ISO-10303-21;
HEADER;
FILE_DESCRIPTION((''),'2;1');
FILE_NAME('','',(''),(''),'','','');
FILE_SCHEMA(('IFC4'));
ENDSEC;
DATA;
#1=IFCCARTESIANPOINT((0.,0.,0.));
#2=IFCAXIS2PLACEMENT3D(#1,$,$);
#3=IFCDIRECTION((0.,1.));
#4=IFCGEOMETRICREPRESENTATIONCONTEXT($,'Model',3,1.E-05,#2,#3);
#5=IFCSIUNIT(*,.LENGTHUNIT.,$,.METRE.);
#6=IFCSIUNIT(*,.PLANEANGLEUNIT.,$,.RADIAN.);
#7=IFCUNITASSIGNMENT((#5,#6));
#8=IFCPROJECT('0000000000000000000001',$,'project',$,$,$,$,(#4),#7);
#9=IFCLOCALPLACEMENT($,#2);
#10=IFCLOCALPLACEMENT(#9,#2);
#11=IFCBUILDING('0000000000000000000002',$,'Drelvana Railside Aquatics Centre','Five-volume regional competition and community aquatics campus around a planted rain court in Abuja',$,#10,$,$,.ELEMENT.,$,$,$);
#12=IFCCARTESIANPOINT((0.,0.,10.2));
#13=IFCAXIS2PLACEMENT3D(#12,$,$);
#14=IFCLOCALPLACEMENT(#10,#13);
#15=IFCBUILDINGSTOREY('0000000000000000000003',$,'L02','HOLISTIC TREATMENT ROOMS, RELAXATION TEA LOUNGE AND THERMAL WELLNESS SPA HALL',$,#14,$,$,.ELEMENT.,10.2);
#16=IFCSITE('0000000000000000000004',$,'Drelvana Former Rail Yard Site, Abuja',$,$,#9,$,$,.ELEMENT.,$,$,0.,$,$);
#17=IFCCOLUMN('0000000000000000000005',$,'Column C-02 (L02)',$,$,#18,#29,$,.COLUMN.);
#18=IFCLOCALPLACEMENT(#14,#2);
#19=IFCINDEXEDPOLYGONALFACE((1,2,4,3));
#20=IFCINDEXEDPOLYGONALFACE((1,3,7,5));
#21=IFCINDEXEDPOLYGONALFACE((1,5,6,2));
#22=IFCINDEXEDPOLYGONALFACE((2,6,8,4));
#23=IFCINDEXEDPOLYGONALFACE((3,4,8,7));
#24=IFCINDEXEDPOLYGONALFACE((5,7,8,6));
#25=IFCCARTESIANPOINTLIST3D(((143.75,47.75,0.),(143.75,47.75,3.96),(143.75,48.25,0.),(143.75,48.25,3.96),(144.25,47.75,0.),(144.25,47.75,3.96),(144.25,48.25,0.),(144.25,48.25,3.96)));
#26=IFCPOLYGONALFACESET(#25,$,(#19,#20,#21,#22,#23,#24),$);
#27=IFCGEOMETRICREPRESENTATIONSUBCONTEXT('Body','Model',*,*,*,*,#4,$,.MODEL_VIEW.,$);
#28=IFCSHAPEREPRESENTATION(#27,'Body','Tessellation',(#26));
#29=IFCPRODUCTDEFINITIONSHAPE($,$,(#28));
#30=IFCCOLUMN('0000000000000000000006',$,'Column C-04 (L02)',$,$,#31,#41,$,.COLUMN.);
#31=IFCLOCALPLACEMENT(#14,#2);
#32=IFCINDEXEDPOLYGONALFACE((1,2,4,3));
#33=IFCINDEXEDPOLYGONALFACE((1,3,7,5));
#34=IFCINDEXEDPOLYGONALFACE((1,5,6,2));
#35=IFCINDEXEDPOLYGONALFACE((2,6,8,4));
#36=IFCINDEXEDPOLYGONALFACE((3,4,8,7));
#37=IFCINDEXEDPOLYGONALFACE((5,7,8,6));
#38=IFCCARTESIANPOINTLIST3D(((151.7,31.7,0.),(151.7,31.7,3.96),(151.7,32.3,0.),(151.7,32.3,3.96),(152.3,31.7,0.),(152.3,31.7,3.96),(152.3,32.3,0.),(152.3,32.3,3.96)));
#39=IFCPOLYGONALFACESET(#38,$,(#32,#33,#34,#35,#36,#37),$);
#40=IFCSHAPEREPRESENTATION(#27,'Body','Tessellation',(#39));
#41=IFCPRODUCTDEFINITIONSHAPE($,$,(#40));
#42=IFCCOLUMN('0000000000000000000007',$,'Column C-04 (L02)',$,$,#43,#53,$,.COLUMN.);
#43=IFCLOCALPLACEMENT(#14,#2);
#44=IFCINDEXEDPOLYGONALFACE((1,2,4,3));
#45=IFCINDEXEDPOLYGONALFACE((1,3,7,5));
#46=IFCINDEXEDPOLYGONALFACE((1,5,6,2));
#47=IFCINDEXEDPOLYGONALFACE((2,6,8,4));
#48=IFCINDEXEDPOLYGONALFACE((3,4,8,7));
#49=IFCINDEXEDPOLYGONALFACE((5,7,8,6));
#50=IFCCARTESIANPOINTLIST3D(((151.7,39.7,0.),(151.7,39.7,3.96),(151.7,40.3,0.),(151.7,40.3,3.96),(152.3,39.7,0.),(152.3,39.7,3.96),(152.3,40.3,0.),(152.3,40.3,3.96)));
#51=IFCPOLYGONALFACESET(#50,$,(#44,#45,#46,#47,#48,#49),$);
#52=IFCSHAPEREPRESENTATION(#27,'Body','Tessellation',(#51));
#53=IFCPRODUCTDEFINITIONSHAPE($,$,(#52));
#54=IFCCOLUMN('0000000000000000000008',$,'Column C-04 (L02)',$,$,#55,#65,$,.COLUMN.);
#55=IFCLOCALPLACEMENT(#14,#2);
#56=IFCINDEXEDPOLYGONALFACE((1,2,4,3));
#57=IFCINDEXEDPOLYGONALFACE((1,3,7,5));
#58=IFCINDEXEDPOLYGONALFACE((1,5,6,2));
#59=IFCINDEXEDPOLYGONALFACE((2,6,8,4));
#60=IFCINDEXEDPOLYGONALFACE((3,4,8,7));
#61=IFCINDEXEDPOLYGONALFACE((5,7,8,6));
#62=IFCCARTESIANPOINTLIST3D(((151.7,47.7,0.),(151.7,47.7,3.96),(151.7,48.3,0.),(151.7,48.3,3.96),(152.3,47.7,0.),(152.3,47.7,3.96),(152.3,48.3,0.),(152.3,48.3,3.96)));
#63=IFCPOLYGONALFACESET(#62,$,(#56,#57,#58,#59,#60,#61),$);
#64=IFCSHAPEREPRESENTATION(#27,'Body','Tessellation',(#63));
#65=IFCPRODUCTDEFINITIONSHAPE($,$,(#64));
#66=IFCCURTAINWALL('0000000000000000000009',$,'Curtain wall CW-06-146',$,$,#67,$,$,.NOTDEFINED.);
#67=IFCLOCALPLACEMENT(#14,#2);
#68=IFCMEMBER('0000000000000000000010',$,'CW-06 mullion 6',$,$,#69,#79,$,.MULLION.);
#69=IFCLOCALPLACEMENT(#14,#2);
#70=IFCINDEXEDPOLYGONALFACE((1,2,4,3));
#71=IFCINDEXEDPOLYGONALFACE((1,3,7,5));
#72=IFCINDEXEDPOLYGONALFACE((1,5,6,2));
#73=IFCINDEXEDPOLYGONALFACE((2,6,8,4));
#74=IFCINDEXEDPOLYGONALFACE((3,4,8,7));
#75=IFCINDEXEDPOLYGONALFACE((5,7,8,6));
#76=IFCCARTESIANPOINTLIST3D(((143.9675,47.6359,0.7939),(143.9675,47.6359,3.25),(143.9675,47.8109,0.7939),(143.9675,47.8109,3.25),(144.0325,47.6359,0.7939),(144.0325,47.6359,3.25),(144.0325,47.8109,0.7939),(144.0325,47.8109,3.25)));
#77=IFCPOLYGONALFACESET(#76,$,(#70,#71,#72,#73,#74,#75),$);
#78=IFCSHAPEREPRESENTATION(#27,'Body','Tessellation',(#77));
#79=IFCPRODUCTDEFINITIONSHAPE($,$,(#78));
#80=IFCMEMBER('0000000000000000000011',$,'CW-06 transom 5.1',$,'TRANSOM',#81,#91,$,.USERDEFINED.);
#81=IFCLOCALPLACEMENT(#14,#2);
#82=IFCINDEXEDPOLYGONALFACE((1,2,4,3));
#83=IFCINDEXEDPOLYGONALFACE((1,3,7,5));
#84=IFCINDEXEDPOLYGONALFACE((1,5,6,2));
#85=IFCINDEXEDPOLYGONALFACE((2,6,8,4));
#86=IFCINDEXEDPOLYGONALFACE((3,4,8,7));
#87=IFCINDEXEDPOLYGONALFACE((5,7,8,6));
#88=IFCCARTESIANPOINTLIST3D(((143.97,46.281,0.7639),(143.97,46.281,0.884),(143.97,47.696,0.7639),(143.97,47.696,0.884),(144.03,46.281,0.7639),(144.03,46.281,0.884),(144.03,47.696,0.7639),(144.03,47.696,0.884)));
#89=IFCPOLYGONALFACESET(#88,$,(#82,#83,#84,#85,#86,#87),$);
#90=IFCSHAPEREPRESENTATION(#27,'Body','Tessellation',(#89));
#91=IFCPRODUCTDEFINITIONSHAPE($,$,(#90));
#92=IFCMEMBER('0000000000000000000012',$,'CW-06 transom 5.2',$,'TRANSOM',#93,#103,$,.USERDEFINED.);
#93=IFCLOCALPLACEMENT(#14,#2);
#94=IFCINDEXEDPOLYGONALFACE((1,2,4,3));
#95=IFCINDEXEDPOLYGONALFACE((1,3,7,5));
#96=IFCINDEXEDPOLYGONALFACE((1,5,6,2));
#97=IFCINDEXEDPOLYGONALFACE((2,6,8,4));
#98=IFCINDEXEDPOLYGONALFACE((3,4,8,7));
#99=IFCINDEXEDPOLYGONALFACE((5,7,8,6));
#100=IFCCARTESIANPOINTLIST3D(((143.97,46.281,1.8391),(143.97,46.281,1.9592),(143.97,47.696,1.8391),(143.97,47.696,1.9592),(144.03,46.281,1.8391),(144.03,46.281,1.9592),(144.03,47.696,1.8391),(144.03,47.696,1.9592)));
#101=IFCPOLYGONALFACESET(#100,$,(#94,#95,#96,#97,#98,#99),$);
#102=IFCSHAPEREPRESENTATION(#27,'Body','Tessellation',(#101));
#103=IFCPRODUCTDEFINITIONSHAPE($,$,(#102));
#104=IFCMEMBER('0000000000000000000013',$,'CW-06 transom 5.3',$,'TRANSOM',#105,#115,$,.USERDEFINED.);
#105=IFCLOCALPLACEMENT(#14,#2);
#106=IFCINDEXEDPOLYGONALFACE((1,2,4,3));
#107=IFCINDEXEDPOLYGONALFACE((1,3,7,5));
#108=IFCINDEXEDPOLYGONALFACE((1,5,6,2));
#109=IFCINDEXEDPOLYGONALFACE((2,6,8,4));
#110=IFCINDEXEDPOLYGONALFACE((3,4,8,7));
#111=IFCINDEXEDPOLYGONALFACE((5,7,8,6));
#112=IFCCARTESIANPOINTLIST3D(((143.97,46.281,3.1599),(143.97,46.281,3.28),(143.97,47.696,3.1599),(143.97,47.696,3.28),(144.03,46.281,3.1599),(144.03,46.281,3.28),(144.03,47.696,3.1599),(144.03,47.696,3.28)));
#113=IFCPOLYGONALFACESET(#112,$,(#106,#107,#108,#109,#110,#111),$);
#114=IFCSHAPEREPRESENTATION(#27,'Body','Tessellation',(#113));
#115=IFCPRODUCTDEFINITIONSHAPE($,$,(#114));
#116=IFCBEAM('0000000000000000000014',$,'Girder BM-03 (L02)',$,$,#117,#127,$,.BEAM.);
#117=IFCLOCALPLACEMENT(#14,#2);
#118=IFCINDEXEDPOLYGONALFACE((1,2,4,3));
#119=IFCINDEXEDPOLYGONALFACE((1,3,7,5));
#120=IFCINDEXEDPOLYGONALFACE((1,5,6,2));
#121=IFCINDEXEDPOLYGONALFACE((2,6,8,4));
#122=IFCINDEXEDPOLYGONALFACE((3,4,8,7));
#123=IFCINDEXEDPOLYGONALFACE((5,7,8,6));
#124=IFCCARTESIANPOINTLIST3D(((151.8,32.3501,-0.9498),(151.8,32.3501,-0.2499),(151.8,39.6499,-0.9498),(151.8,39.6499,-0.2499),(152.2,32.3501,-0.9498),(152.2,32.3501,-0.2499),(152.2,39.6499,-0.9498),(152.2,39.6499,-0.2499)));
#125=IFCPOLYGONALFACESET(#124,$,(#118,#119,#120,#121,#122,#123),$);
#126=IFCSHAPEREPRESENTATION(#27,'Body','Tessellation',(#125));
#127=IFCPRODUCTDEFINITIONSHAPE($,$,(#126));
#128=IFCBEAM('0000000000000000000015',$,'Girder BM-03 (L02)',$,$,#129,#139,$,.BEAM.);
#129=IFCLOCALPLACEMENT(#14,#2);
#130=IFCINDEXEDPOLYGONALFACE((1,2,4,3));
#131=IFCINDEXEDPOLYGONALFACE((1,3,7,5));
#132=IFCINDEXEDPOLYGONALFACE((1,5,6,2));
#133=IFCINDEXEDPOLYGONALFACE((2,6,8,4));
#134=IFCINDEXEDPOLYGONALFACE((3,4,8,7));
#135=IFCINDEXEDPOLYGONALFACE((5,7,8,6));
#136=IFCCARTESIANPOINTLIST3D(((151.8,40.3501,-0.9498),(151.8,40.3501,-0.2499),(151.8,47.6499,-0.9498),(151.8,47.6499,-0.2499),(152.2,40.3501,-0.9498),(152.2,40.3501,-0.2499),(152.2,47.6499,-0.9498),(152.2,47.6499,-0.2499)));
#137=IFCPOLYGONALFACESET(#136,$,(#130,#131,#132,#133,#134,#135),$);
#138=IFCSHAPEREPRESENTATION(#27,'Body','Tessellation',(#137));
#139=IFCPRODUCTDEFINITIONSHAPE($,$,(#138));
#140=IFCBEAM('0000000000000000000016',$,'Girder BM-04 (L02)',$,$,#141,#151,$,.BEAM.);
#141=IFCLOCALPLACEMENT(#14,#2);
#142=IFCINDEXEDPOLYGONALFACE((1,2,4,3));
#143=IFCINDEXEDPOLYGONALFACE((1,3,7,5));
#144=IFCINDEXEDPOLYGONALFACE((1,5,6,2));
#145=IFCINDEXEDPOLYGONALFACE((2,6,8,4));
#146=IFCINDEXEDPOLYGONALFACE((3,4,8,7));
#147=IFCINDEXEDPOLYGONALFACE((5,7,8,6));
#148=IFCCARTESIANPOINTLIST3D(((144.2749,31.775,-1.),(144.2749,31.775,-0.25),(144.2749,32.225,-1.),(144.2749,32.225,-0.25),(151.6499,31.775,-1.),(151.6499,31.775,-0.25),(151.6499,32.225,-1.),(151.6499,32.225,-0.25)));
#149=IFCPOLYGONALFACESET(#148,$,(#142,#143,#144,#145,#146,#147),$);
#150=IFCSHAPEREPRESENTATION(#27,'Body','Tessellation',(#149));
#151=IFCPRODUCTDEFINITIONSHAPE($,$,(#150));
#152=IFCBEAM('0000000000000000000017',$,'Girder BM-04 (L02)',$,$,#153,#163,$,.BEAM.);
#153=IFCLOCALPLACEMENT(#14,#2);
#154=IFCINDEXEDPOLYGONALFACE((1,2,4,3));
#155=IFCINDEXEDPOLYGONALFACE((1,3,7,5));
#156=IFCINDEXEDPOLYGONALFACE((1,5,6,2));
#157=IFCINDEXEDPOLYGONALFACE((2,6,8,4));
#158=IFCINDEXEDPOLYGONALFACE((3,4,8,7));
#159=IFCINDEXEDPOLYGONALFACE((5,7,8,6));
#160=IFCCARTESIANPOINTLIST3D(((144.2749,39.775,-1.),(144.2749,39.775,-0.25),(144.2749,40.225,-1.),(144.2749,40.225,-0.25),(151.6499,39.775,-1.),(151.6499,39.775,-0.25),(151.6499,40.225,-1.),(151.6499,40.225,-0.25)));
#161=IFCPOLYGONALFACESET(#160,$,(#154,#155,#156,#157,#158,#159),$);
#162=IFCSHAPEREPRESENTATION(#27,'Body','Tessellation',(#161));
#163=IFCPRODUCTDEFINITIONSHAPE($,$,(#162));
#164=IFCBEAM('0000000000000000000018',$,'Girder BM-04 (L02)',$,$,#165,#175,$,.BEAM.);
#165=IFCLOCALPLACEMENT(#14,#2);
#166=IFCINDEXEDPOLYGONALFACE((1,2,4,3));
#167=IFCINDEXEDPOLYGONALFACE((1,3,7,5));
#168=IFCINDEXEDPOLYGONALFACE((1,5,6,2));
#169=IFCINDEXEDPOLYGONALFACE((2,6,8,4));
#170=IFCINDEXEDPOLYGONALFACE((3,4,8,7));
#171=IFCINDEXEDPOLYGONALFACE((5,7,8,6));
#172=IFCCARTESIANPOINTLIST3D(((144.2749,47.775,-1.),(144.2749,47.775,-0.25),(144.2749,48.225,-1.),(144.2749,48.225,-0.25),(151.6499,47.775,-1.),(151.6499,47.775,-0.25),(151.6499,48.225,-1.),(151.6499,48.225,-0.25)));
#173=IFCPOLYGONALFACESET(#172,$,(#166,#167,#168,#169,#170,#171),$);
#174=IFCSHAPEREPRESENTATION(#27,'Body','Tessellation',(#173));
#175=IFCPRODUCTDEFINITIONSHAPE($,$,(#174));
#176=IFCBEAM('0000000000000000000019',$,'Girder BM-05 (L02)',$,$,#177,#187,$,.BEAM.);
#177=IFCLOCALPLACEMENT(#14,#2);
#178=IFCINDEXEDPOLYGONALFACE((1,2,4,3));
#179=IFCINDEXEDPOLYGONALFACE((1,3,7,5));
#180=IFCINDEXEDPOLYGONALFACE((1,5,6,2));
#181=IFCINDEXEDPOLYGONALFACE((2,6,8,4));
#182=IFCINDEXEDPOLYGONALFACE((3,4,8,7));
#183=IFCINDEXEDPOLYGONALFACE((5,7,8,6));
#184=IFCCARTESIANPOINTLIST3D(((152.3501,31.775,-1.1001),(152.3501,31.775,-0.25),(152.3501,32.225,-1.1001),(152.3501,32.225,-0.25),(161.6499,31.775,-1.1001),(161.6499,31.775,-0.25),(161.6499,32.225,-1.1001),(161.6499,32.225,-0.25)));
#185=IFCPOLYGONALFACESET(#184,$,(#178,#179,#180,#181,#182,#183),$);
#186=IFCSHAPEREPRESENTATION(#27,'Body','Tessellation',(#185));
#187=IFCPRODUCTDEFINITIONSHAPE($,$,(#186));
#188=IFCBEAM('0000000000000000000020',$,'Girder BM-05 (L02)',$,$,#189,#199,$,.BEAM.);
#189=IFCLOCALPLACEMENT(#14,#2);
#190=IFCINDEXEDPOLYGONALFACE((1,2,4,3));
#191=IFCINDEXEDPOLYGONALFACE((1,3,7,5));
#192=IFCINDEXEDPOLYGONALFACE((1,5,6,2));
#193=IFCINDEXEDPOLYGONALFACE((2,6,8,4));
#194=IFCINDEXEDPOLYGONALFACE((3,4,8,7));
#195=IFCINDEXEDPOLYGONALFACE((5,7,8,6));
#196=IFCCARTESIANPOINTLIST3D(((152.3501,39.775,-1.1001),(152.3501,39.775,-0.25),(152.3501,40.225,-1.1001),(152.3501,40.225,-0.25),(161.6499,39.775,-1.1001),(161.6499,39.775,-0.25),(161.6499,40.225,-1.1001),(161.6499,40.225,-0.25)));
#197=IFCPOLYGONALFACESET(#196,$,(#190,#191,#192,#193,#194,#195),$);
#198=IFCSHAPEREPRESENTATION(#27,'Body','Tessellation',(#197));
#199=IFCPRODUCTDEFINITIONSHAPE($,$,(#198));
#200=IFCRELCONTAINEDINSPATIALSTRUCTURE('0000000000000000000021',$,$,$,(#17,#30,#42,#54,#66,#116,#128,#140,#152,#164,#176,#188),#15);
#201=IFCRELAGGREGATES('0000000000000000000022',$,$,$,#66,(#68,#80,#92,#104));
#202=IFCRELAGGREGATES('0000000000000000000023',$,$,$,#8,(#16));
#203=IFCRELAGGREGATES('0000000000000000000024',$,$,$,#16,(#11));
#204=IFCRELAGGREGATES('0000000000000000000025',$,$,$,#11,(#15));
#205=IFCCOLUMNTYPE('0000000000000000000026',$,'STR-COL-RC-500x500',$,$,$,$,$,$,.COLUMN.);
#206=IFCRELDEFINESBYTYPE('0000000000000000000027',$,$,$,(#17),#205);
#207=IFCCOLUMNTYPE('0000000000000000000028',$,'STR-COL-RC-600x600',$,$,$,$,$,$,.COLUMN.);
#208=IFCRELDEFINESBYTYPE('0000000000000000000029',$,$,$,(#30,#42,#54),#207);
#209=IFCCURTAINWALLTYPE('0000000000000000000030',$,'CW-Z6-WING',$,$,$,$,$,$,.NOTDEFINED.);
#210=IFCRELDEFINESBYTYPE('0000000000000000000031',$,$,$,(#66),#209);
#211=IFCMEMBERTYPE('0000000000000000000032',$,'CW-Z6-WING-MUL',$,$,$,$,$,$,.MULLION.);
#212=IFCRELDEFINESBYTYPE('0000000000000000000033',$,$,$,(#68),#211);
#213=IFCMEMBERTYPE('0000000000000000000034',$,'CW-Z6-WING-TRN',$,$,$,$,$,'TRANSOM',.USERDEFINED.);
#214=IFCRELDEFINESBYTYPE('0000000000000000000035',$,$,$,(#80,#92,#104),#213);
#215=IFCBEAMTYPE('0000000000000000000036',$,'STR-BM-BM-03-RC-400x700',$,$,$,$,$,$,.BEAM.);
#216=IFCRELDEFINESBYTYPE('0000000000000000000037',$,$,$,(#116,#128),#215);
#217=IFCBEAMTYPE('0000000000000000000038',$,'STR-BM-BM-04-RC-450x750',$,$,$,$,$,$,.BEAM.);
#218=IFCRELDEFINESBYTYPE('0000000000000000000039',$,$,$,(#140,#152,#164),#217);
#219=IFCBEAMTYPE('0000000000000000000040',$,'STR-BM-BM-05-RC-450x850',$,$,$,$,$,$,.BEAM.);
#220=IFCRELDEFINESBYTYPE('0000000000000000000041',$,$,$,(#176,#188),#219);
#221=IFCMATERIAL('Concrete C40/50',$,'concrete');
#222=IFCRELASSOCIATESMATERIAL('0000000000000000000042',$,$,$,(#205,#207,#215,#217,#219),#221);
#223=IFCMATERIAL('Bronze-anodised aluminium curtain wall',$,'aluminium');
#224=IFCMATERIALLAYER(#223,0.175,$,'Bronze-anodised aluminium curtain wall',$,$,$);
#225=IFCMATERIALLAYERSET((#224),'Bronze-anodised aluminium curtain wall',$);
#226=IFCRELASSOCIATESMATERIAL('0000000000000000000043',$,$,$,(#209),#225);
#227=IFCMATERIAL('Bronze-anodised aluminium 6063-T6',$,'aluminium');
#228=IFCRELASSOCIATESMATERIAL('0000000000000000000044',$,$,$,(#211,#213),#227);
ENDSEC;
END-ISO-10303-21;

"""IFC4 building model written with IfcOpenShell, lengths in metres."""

from ifc_helpers import new_model, si_unit, direction, frame, origin, origin_2d, place, context, subcontext, project, spatial, rectangle, extrude, material, layer, layer_set, material_profile, profile_set, type_object, element, aggregate, save


model = new_model("IFC4")

# Units and contexts
model_context = context("Model", 3, precision=1e-05, world=origin(), true_north=direction((0.0, 1.0)))
body_context = subcontext(model_context, "Body", "Model", "MODEL_VIEW")
ifc_project = project(units=[si_unit("LENGTHUNIT", "METRE"), si_unit("PLANEANGLEUNIT", "RADIAN")], contexts=[model_context])

# Site, building, storey
site_placement = place(None, origin())
site = spatial("IfcSite", under=ifc_project, at=site_placement, Name="Drelvana Former Rail Yard Site, Abuja", CompositionType="ELEMENT", RefElevation=0.0)
building_placement = place(site_placement, origin())
building = spatial("IfcBuilding", under=site, at=building_placement, Name="Drelvana Railside Aquatics Centre", Description="Five-volume regional competition and community aquatics campus around a planted rain court in Abuja", CompositionType="ELEMENT")
storey_placement = place(building_placement, frame((0.0, 0.0, 10.2)))
storey = spatial("IfcBuildingStorey", under=building, at=storey_placement, Name="L02", Description="HOLISTIC TREATMENT ROOMS, RELAXATION TEA LOUNGE AND THERMAL WELLNESS SPA HALL", CompositionType="ELEMENT", Elevation=10.2)

# Columns
ifc_material_1 = material(Name="Concrete C40/50", Category="concrete")
ifc_material_profile_1 = material_profile(ifc_material_1, rectangle(XDim=0.5, YDim=0.5, at=origin_2d()), Name="RC 500x500")
ifc_profile_set_1 = profile_set([ifc_material_profile_1], Name="Concrete C40/50")
column_type_1 = type_object("IfcColumnType", Name="STR-COL-RC-500x500", PredefinedType="COLUMN", material=ifc_profile_set_1)
column_placement = place(storey_placement, frame((144.0, 48.0, 0.0), z_axis=(0.0, 0.0, 1.0), x_axis=(1.0, 0.0, 0.0)))
element("IfcColumn", 1, at=column_placement, inside=storey, type_object=column_type_1, Name="Column C-02 (L02)", PredefinedType="COLUMN", context=body_context, shape_type="SweptSolid", body=[
    extrude(rectangle(XDim=0.5, YDim=0.5, at=origin_2d()), origin(), (0.0, 0.0, 1.0), 3.96),
])
ifc_material_profile_2 = material_profile(ifc_material_1, rectangle(XDim=0.6001, YDim=0.6001, at=origin_2d()), Name="RC 600x600")
ifc_profile_set_2 = profile_set([ifc_material_profile_2], Name="Concrete C40/50")
column_type_2 = type_object("IfcColumnType", Name="STR-COL-RC-600x600", PredefinedType="COLUMN", material=ifc_profile_set_2)
for number, where, z_axis, x_axis, name in (
    (2, (152.0, 32.0, 0.0), (0.0, 0.0, 1.0), (1.0, 0.0, 0.0), "Column C-04 (L02)"),
    (3, (152.0, 40.0, 0.0), (0.0, 0.0, 1.0), (1.0, 0.0, 0.0), "Column C-04 (L02)"),
    (4, (152.0, 48.0, 0.0), (0.0, 0.0, 1.0), (1.0, 0.0, 0.0), "Column C-04 (L02)"),
):
    element("IfcColumn", number, at=place(storey_placement, frame(where, z_axis=z_axis, x_axis=x_axis)), inside=storey, type_object=column_type_2, Name=name, PredefinedType="COLUMN", context=body_context, shape_type="SweptSolid", body=[
        extrude(rectangle(XDim=0.6001, YDim=0.6001, at=origin_2d()), origin(), (0.0, 0.0, 1.0), 3.96),
    ])

# Curtain wall, members
ifc_material_2 = material(Name="Bronze-anodised aluminium curtain wall", Category="aluminium")
ifc_layer_1 = layer(ifc_material_2, 0.175, Name="Bronze-anodised aluminium curtain wall")
ifc_layer_set_1 = layer_set([ifc_layer_1], Name="Bronze-anodised aluminium curtain wall")
curtain_wall_type = type_object("IfcCurtainWallType", Name="CW-Z6-WING", PredefinedType="NOTDEFINED", material=ifc_layer_set_1)
curtain_wall_placement = place(storey_placement, origin())
curtain_wall = element("IfcCurtainWall", 5, at=curtain_wall_placement, inside=storey, type_object=curtain_wall_type, Name="Curtain wall CW-06-146", PredefinedType="NOTDEFINED")
ifc_material_3 = material(Name="Bronze-anodised aluminium 6063-T6", Category="aluminium")
ifc_material_profile_3 = material_profile(ifc_material_3, rectangle(XDim=0.0649, YDim=0.175, at=origin_2d()), Name="ALU-M 65x175")
ifc_profile_set_3 = profile_set([ifc_material_profile_3], Name="Bronze-anodised aluminium 6063-T6")
member_type_1 = type_object("IfcMemberType", Name="CW-Z6-WING-MUL", PredefinedType="MULLION", material=ifc_profile_set_3)
member_1_placement = place(storey_placement, frame((144.0, 47.7234, 0.7939), z_axis=(0.0, 0.0, 1.0), x_axis=(-1.0, 0.0, 0.0)))
member_1 = element("IfcMember", 6, at=member_1_placement, type_object=member_type_1, Name="CW-06 mullion 6", PredefinedType="MULLION", context=body_context, shape_type="SweptSolid", body=[
    extrude(rectangle(XDim=0.0649, YDim=0.175, at=origin_2d()), origin(), (0.0, 0.0, 1.0), 2.4561),
])
ifc_material_profile_4 = material_profile(ifc_material_3, rectangle(XDim=0.1201, YDim=0.0601, at=origin_2d()), Name="ALU-T 60x120")
ifc_profile_set_4 = profile_set([ifc_material_profile_4], Name="Bronze-anodised aluminium 6063-T6")
member_type_2 = type_object("IfcMemberType", Name="CW-Z6-WING-TRN", ElementType="TRANSOM", PredefinedType="USERDEFINED", material=ifc_profile_set_4)
member_2_placement = place(storey_placement, frame((144.0, 46.281, 0.824), z_axis=(0.0, 1.0, 0.0), x_axis=(0.0, 0.0, 1.0)))
member_2 = element("IfcMember", 7, at=member_2_placement, type_object=member_type_2, Name="CW-06 transom 5.1", ObjectType="TRANSOM", PredefinedType="USERDEFINED", context=body_context, shape_type="SweptSolid", body=[
    extrude(rectangle(XDim=0.1201, YDim=0.0601, at=origin_2d()), origin(), (0.0, 0.0, 1.0), 1.415),
])
member_3_placement = place(storey_placement, frame((144.0, 46.281, 1.8992), z_axis=(0.0, 1.0, 0.0), x_axis=(0.0, 0.0, 1.0)))
member_3 = element("IfcMember", 8, at=member_3_placement, type_object=member_type_2, Name="CW-06 transom 5.2", ObjectType="TRANSOM", PredefinedType="USERDEFINED", context=body_context, shape_type="SweptSolid", body=[
    extrude(rectangle(XDim=0.1201, YDim=0.0601, at=origin_2d()), origin(), (0.0, 0.0, 1.0), 1.415),
])
member_4_placement = place(storey_placement, frame((144.0, 46.281, 3.22), z_axis=(0.0, 1.0, 0.0), x_axis=(0.0, 0.0, 1.0)))
member_4 = element("IfcMember", 9, at=member_4_placement, type_object=member_type_2, Name="CW-06 transom 5.3", ObjectType="TRANSOM", PredefinedType="USERDEFINED", context=body_context, shape_type="SweptSolid", body=[
    extrude(rectangle(XDim=0.1201, YDim=0.0601, at=origin_2d()), origin(), (0.0, 0.0, 1.0), 1.415),
])

# Beams
ifc_material_profile_5 = material_profile(ifc_material_1, rectangle(XDim=0.3999, YDim=0.7, at=origin_2d()), Name="RC 400x700")
ifc_profile_set_5 = profile_set([ifc_material_profile_5], Name="Concrete C40/50")
beam_type_1 = type_object("IfcBeamType", Name="STR-BM-BM-03-RC-400x700", PredefinedType="BEAM", material=ifc_profile_set_5)
for number, where, z_axis, x_axis, name in (
    (10, (152.0, 32.3501, -0.5999), (0.0, 1.0, 0.0), (-1.0, 0.0, 0.0), "Girder BM-03 (L02)"),
    (11, (152.0, 40.3501, -0.5999), (0.0, 1.0, 0.0), (-1.0, 0.0, 0.0), "Girder BM-03 (L02)"),
):
    element("IfcBeam", number, at=place(storey_placement, frame(where, z_axis=z_axis, x_axis=x_axis)), inside=storey, type_object=beam_type_1, Name=name, PredefinedType="BEAM", context=body_context, shape_type="SweptSolid", body=[
        extrude(rectangle(XDim=0.3999, YDim=0.7, at=origin_2d()), origin(), (0.0, 0.0, 1.0), 7.2998),
    ])
ifc_material_profile_6 = material_profile(ifc_material_1, rectangle(XDim=0.45, YDim=0.75, at=origin_2d()), Name="RC 450x750")
ifc_profile_set_6 = profile_set([ifc_material_profile_6], Name="Concrete C40/50")
beam_type_2 = type_object("IfcBeamType", Name="STR-BM-BM-04-RC-450x750", PredefinedType="BEAM", material=ifc_profile_set_6)
for number, where, z_axis, x_axis, name in (
    (12, (144.2749, 32.0, -0.625), (1.0, 0.0, 0.0), (0.0, 1.0, 0.0), "Girder BM-04 (L02)"),
    (13, (144.2749, 40.0, -0.625), (1.0, 0.0, 0.0), (0.0, 1.0, 0.0), "Girder BM-04 (L02)"),
    (14, (144.2749, 48.0, -0.625), (1.0, 0.0, 0.0), (0.0, 1.0, 0.0), "Girder BM-04 (L02)"),
):
    element("IfcBeam", number, at=place(storey_placement, frame(where, z_axis=z_axis, x_axis=x_axis)), inside=storey, type_object=beam_type_2, Name=name, PredefinedType="BEAM", context=body_context, shape_type="SweptSolid", body=[
        extrude(rectangle(XDim=0.45, YDim=0.75, at=origin_2d()), origin(), (0.0, 0.0, 1.0), 7.375),
    ])
ifc_material_profile_7 = material_profile(ifc_material_1, rectangle(XDim=0.45, YDim=0.8501, at=origin_2d()), Name="RC 450x850")
ifc_profile_set_7 = profile_set([ifc_material_profile_7], Name="Concrete C40/50")
beam_type_3 = type_object("IfcBeamType", Name="STR-BM-BM-05-RC-450x850", PredefinedType="BEAM", material=ifc_profile_set_7)
for number, where, z_axis, x_axis, name in (
    (15, (152.3501, 32.0, -0.675), (1.0, 0.0, 0.0), (0.0, 1.0, 0.0), "Girder BM-05 (L02)"),
    (16, (152.3501, 40.0, -0.675), (1.0, 0.0, 0.0), (0.0, 1.0, 0.0), "Girder BM-05 (L02)"),
):
    element("IfcBeam", number, at=place(storey_placement, frame(where, z_axis=z_axis, x_axis=x_axis)), inside=storey, type_object=beam_type_3, Name=name, PredefinedType="BEAM", context=body_context, shape_type="SweptSolid", body=[
        extrude(rectangle(XDim=0.45, YDim=0.8501, at=origin_2d()), origin(), (0.0, 0.0, 1.0), 9.2998),
    ])

aggregate(curtain_wall, [member_1, member_2, member_3, member_4])

save(model, "model.ifc")
